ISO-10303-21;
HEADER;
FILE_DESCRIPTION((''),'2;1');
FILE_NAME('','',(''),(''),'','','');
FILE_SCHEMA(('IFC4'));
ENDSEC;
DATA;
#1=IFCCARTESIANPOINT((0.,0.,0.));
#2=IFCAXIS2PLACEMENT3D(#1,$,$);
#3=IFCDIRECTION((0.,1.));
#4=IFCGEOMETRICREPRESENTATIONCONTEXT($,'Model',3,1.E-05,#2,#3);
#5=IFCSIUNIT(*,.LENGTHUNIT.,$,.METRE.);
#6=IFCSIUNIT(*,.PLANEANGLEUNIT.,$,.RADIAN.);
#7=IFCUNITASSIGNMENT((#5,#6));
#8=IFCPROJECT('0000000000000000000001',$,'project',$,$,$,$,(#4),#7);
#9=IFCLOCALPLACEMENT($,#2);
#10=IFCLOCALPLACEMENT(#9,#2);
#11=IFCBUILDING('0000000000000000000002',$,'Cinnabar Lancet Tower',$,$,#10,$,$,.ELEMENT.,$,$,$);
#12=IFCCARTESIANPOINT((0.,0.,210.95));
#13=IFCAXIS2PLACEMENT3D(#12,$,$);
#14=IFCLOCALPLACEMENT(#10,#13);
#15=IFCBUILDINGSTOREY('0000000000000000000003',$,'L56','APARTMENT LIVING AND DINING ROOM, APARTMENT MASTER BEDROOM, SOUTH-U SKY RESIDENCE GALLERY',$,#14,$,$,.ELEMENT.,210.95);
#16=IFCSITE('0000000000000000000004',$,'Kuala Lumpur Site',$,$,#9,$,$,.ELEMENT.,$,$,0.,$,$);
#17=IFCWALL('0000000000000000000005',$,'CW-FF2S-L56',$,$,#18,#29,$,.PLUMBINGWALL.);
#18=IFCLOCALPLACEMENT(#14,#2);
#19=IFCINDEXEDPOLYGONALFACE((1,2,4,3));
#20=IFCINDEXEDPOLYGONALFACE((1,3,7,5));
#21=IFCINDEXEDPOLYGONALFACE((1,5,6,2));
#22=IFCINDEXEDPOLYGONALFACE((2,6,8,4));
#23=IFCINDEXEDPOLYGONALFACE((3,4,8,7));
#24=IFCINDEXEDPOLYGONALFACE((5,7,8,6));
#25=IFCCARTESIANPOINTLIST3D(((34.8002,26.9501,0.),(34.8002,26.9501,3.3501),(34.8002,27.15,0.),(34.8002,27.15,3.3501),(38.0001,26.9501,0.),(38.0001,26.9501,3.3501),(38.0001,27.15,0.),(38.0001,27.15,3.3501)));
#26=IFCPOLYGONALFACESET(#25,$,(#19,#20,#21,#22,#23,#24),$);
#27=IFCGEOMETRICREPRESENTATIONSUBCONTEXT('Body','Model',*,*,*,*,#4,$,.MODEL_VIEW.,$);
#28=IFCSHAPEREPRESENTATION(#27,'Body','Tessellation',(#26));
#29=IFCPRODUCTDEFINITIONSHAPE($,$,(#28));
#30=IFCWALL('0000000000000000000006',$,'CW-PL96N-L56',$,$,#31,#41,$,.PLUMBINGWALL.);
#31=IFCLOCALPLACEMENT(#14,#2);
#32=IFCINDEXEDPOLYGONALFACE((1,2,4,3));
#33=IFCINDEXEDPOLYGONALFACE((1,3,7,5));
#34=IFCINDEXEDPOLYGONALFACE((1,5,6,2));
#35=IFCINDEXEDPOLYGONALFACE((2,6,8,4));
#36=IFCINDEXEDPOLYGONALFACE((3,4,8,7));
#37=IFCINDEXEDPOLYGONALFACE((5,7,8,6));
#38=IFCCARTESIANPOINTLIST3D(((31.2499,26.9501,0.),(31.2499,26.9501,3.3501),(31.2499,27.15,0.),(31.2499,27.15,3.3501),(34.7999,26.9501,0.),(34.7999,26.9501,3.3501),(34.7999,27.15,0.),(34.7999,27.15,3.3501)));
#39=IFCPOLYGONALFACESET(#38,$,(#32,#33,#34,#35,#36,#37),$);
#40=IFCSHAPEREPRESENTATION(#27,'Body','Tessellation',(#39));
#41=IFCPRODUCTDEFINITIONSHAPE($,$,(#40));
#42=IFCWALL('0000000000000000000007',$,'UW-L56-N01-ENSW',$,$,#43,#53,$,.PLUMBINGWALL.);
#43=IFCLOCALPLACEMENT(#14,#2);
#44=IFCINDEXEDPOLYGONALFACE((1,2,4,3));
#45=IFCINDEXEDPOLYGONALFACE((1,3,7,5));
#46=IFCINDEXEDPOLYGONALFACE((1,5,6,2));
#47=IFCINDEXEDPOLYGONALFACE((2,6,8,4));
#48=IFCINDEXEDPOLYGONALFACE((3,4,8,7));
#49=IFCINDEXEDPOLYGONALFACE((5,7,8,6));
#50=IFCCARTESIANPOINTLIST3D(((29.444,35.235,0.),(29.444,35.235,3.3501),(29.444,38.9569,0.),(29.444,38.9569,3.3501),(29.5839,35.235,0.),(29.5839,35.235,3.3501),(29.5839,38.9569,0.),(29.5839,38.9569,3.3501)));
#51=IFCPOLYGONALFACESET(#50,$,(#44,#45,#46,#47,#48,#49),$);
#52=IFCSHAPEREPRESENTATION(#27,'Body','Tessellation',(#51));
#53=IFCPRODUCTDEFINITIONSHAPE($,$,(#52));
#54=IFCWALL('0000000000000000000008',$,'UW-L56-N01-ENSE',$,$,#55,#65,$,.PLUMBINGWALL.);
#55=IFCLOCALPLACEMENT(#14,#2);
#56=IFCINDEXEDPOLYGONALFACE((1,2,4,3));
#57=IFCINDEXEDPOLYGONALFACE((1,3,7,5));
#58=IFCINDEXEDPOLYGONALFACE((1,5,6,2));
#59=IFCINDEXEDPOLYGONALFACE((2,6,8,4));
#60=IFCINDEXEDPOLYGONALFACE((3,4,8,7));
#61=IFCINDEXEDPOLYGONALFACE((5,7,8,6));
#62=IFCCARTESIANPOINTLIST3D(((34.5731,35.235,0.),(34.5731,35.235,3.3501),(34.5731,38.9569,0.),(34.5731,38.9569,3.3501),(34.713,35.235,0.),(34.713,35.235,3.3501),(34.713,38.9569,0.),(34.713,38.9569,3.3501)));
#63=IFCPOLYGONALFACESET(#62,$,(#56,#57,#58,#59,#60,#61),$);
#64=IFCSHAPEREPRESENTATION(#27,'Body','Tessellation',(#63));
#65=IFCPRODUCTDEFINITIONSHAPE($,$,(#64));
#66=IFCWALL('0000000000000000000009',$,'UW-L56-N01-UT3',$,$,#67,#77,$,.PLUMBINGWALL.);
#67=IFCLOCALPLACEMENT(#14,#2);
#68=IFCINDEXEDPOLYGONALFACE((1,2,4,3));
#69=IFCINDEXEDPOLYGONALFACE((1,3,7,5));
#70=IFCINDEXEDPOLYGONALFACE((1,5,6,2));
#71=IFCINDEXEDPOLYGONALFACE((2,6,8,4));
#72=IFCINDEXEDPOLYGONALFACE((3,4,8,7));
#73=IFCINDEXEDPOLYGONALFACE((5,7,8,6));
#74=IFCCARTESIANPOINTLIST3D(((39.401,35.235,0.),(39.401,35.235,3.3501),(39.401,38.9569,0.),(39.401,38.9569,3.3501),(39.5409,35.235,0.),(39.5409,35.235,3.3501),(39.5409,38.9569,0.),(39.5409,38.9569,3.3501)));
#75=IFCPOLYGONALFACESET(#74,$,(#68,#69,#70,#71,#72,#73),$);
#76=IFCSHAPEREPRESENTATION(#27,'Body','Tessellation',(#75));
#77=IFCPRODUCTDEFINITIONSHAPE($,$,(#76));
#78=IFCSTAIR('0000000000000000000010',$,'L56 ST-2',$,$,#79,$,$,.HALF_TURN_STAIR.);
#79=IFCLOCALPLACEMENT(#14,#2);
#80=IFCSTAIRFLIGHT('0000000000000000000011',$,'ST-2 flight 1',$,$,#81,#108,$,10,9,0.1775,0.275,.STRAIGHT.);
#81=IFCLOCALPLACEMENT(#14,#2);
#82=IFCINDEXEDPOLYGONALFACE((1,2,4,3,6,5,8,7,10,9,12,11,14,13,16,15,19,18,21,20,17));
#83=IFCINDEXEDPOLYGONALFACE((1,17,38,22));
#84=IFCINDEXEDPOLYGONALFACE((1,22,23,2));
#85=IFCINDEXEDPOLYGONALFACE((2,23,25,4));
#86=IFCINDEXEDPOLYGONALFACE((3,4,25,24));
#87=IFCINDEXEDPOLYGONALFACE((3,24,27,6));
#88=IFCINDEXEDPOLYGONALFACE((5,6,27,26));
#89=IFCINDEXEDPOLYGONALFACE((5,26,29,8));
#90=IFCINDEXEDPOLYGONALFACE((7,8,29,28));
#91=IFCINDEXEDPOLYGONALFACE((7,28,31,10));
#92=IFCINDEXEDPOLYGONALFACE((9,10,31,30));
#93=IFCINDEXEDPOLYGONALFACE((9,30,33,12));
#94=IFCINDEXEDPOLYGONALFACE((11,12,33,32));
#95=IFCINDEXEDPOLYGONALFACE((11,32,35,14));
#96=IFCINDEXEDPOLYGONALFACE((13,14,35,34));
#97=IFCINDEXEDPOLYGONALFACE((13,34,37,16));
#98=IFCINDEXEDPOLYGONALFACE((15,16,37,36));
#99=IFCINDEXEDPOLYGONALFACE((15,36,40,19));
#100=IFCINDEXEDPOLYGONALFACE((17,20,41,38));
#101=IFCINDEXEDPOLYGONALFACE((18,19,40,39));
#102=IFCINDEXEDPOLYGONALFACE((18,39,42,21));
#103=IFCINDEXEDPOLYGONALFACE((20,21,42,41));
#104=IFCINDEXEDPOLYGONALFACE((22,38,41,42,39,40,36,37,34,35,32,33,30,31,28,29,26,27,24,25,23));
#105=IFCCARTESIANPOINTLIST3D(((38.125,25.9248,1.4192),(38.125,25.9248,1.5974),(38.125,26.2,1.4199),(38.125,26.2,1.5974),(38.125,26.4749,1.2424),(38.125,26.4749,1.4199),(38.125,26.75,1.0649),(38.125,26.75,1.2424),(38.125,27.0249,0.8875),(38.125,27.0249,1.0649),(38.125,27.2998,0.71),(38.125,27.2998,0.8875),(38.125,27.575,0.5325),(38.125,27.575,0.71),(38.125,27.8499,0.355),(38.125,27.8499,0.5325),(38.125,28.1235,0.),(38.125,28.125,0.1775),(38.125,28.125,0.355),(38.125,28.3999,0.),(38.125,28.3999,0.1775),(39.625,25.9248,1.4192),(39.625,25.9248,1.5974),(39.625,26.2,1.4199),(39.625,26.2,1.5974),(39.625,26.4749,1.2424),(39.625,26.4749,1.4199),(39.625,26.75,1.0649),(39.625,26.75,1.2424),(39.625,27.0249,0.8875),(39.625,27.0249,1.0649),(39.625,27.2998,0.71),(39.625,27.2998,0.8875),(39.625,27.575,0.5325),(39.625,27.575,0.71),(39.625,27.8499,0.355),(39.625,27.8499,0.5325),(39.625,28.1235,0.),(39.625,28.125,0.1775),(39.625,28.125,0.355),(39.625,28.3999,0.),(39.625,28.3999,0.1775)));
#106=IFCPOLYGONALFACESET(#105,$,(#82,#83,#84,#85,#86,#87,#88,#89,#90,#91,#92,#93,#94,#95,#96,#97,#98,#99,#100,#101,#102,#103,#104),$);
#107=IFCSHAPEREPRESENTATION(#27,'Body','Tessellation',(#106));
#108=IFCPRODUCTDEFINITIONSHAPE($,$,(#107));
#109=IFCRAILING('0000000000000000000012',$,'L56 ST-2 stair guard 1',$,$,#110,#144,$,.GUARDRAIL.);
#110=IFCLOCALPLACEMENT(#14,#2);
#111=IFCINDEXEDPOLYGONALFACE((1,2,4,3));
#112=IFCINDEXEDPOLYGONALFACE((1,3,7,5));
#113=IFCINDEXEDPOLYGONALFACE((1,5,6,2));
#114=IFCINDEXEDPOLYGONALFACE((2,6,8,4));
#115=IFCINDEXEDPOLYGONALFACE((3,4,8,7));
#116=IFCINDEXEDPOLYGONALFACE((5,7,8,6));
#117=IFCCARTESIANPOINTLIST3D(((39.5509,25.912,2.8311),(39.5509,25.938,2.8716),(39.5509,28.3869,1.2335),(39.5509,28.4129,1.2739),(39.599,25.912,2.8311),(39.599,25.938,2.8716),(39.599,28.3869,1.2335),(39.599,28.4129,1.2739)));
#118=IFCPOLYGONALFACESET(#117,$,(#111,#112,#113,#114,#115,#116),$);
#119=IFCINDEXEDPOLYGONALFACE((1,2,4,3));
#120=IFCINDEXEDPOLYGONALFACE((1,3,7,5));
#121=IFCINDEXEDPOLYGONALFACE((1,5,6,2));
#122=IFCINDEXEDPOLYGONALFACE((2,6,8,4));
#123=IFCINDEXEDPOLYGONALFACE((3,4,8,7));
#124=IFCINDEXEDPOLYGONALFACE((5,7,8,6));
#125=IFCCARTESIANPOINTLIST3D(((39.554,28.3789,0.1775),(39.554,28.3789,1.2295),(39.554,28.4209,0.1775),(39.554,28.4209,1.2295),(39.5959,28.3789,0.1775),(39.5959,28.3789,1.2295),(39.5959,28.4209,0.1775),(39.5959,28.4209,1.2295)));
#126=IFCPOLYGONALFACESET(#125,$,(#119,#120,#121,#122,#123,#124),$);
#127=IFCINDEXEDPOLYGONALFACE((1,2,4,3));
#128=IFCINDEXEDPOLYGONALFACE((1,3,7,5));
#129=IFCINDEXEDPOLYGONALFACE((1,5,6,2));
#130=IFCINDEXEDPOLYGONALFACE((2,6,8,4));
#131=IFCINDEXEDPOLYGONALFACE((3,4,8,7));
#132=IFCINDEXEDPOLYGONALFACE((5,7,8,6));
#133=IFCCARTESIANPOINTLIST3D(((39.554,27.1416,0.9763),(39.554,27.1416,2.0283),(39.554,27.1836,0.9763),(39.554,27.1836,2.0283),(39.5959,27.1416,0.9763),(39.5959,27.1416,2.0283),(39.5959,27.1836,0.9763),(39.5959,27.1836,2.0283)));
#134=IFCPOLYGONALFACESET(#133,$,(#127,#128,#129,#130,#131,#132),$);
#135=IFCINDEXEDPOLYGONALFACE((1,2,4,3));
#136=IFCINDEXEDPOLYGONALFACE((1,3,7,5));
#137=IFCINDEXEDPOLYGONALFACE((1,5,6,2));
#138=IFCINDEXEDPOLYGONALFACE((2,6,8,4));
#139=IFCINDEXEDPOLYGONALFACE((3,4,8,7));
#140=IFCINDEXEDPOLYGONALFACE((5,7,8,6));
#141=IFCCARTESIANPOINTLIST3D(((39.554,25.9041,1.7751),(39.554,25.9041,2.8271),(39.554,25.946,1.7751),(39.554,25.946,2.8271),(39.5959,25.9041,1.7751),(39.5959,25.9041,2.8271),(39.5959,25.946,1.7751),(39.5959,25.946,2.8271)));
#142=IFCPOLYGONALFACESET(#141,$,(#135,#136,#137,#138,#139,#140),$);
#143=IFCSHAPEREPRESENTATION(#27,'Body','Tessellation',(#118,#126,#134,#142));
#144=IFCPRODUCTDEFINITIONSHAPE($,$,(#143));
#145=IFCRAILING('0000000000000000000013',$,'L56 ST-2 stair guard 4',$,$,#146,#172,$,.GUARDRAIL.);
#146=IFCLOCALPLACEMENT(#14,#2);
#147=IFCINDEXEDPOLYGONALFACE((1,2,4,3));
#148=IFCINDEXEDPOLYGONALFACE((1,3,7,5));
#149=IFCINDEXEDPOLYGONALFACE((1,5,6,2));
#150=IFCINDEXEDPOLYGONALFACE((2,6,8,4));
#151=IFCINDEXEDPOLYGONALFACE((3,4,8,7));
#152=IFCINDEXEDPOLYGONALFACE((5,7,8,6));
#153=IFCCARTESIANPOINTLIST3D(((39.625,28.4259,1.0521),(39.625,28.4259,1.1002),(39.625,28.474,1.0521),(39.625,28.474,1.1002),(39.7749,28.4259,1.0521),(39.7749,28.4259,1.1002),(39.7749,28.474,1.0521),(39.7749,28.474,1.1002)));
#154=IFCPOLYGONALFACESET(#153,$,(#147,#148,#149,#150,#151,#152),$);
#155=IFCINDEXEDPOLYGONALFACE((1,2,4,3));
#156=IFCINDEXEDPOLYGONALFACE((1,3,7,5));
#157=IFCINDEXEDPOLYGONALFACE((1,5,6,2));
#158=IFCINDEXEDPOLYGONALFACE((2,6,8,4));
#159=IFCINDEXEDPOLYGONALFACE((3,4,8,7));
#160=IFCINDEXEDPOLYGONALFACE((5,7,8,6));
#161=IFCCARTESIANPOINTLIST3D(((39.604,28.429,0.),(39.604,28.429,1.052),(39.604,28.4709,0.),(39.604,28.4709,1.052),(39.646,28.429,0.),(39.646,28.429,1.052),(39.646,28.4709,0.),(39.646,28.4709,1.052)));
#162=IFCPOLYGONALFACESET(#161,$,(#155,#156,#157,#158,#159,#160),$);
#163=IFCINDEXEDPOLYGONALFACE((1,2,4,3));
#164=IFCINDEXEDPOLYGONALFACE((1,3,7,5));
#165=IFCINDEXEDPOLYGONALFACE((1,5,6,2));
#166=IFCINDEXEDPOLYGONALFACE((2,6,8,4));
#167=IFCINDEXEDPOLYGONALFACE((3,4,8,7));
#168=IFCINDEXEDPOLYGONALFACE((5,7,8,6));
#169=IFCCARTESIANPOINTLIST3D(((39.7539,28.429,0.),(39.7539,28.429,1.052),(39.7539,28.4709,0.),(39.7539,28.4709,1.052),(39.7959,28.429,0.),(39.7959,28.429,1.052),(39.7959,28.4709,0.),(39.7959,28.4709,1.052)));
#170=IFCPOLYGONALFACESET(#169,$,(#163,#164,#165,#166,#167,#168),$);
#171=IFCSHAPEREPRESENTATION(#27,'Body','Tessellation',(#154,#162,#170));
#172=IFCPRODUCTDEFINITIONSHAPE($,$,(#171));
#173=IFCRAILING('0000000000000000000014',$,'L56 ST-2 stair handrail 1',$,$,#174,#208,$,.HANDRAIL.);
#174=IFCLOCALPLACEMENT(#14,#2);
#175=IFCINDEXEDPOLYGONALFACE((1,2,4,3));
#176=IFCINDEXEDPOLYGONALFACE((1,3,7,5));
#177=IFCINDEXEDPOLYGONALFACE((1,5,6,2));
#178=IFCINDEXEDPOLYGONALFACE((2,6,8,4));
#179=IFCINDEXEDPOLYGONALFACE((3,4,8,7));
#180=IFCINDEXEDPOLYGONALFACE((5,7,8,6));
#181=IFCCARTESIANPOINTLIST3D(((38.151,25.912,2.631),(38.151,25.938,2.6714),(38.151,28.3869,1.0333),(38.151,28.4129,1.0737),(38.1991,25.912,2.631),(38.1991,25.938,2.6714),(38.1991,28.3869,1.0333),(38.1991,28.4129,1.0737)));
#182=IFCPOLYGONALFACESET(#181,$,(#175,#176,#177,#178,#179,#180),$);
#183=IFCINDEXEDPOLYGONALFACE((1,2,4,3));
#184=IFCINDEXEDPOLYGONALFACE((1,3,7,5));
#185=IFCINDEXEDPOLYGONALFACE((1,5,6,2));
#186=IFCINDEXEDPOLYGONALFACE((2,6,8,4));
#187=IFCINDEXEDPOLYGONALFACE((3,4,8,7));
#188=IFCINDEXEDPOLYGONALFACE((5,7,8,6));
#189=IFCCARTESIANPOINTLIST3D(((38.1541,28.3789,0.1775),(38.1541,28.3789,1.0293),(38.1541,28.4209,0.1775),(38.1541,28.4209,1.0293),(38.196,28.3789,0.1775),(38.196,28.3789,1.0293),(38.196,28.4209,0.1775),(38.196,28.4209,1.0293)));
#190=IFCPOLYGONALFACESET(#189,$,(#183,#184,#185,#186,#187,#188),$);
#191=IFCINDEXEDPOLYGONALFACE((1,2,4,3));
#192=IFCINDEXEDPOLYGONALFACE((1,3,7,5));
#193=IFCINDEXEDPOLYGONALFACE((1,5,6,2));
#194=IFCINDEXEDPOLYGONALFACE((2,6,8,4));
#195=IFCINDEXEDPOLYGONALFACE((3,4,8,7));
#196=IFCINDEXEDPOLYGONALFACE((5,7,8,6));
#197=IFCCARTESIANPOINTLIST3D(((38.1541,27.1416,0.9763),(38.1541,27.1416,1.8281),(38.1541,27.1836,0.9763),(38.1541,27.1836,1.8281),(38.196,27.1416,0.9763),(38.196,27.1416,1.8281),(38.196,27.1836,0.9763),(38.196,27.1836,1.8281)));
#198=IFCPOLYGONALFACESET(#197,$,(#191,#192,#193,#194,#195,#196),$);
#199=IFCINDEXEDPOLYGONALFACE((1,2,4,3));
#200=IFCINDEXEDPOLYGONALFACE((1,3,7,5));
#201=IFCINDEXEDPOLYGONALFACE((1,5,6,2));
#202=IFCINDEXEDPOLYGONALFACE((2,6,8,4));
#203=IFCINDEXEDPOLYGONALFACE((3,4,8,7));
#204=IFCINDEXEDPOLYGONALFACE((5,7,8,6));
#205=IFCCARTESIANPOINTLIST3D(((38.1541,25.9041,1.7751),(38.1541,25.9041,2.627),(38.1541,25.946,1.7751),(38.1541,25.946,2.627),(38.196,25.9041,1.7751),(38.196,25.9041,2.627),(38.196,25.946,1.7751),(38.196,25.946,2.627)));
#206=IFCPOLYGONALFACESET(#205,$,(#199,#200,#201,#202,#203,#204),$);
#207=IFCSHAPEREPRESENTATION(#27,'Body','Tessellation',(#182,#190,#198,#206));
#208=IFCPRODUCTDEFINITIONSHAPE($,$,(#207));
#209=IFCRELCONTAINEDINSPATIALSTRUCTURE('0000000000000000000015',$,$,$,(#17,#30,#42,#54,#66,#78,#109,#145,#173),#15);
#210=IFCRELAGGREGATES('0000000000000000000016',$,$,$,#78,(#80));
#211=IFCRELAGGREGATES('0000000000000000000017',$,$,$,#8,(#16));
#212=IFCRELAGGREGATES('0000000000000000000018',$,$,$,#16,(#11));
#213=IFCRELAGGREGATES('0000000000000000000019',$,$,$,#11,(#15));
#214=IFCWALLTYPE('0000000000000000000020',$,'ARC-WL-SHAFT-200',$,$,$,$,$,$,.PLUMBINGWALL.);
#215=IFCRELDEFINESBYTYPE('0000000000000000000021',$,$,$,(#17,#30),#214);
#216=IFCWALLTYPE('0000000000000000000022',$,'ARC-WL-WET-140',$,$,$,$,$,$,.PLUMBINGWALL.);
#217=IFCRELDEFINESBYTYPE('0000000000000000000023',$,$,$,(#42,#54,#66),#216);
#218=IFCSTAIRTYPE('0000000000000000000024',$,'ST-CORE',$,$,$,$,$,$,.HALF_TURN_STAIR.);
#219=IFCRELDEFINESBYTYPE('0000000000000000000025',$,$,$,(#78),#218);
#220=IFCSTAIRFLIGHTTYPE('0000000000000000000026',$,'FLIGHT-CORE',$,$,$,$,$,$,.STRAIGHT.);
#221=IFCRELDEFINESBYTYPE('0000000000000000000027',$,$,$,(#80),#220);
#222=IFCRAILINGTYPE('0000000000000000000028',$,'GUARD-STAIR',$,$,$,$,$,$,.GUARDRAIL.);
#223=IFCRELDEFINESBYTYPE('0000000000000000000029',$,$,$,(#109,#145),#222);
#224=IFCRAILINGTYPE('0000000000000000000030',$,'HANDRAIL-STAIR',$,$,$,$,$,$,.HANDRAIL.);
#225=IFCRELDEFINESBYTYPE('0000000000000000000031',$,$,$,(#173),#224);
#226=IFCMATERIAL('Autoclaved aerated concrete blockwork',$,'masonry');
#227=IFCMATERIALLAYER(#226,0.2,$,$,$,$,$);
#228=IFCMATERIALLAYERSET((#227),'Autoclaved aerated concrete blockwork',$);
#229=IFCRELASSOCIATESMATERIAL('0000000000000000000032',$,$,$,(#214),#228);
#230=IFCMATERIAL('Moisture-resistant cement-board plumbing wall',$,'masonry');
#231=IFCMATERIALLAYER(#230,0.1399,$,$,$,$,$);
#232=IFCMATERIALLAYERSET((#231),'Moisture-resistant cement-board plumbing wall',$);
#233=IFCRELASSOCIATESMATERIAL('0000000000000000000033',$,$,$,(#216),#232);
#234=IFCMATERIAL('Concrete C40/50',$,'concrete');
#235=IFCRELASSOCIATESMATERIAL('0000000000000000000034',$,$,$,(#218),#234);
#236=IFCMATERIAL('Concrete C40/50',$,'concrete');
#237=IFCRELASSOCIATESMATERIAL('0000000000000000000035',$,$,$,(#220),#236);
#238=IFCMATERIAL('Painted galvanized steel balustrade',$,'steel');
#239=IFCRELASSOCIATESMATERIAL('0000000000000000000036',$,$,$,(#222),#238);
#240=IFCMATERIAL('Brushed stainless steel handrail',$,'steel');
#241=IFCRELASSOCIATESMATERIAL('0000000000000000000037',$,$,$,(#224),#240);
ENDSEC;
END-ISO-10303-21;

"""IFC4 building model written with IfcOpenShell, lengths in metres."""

from ifc_helpers import new_model, si_unit, direction, frame, frame_2d, origin, origin_2d, place, context, subcontext, project, spatial, polyline, rectangle, outline, extrude, material, layer, layer_set, type_object, element, aggregate, save


model = new_model("IFC4")

# Units and contexts
model_context = context("Model", 3, precision=1e-05, world=origin(), true_north=direction((0.0, 1.0)))
body_context = subcontext(model_context, "Body", "Model", "MODEL_VIEW")
ifc_project = project(units=[si_unit("LENGTHUNIT", "METRE"), si_unit("PLANEANGLEUNIT", "RADIAN")], contexts=[model_context])

# Site, building, storey
site_placement = place(None, origin())
site = spatial("IfcSite", under=ifc_project, at=site_placement, Name="Kuala Lumpur Site", CompositionType="ELEMENT", RefElevation=0.0)
building_placement = place(site_placement, origin())
building = spatial("IfcBuilding", under=site, at=building_placement, Name="Cinnabar Lancet Tower", CompositionType="ELEMENT")
storey_placement = place(building_placement, frame((0.0, 0.0, 210.95)))
storey = spatial("IfcBuildingStorey", under=building, at=storey_placement, Name="L56", Description="APARTMENT LIVING AND DINING ROOM, APARTMENT MASTER BEDROOM, SOUTH-U SKY RESIDENCE GALLERY", CompositionType="ELEMENT", Elevation=210.95)

# Shared definitions
ifc_material_1 = material(Name="Autoclaved aerated concrete blockwork", Category="masonry")
ifc_layer_1 = layer(ifc_material_1, 0.2)
ifc_layer_set_1 = layer_set([ifc_layer_1], Name="Autoclaved aerated concrete blockwork")
wall_type_1 = type_object("IfcWallType", Name="ARC-WL-SHAFT-200", PredefinedType="PLUMBINGWALL", material=ifc_layer_set_1)

# Walls
wall_1_placement = place(storey_placement, frame((34.8, 27.05, 0.0), z_axis=(0.0, 0.0, 1.0), x_axis=(1.0, 0.0, 0.0)))
element("IfcWall", 1, at=wall_1_placement, inside=storey, type_object=wall_type_1, Name="CW-FF2S-L56", PredefinedType="PLUMBINGWALL", context=body_context, shape_type="SweptSolid", body=[
    extrude(rectangle(XDim=3.2, YDim=0.2, at=frame_2d((1.6001, 0.0))), origin(), (0.0, 0.0, 1.0), 3.3501),
])
wall_2_placement = place(storey_placement, frame((31.25, 27.05, 0.0), z_axis=(0.0, 0.0, 1.0), x_axis=(1.0, 0.0, 0.0)))
element("IfcWall", 2, at=wall_2_placement, inside=storey, type_object=wall_type_1, Name="CW-PL96N-L56", PredefinedType="PLUMBINGWALL", context=body_context, shape_type="SweptSolid", body=[
    extrude(rectangle(XDim=3.55, YDim=0.2, at=frame_2d((1.7749, 0.0))), origin(), (0.0, 0.0, 1.0), 3.3501),
])
ifc_material_2 = material(Name="Moisture-resistant cement-board plumbing wall", Category="masonry")
ifc_layer_2 = layer(ifc_material_2, 0.1399)
ifc_layer_set_2 = layer_set([ifc_layer_2], Name="Moisture-resistant cement-board plumbing wall")
wall_type_2 = type_object("IfcWallType", Name="ARC-WL-WET-140", PredefinedType="PLUMBINGWALL", material=ifc_layer_set_2)
for number, where, z_axis, x_axis, name in (
    (3, (29.5139, 35.2351, 0.0), (0.0, 0.0, 1.0), (0.0, 1.0, 0.0), "UW-L56-N01-ENSW"),
    (4, (34.6431, 35.2351, 0.0), (0.0, 0.0, 1.0), (0.0, 1.0, 0.0), "UW-L56-N01-ENSE"),
    (5, (39.4709, 35.2351, 0.0), (0.0, 0.0, 1.0), (0.0, 1.0, 0.0), "UW-L56-N01-UT3"),
):
    element("IfcWall", number, at=place(storey_placement, frame(where, z_axis=z_axis, x_axis=x_axis)), inside=storey, type_object=wall_type_2, Name=name, PredefinedType="PLUMBINGWALL", context=body_context, shape_type="SweptSolid", body=[
        extrude(rectangle(XDim=3.7219, YDim=0.1399, at=frame_2d((1.8608, 0.0))), origin(), (0.0, 0.0, 1.0), 3.3501),
    ])

# Stair, stair flight
ifc_material_3 = material(Name="Concrete C40/50", Category="concrete")
stair_type = type_object("IfcStairType", Name="ST-CORE", PredefinedType="HALF_TURN_STAIR", material=ifc_material_3)
stair_placement = place(storey_placement, origin())
stair = element("IfcStair", 6, at=stair_placement, inside=storey, type_object=stair_type, Name="L56 ST-2", PredefinedType="HALF_TURN_STAIR")
ifc_material_4 = material(Name="Concrete C40/50", Category="concrete")
stair_flight_type = type_object("IfcStairFlightType", Name="FLIGHT-CORE", PredefinedType="STRAIGHT", material=ifc_material_4)
stair_flight_placement = place(storey_placement, frame((38.875, 28.3999, 0.0), z_axis=(0.0, 0.0, 1.0), x_axis=(0.0, -1.0, 0.0)))
stair_flight = element("IfcStairFlight", 7, at=stair_flight_placement, type_object=stair_flight_type, Name="ST-2 flight 1", NumberOfRisers=10, NumberOfTreads=9, PredefinedType="STRAIGHT", RiserHeight=0.1775, TreadLength=0.275, context=body_context, shape_type="SweptSolid", body=[
    extrude(outline(polyline([(0.0, 0.0), (0.0, 0.1775), (0.2749, 0.1775), (0.2749, 0.355), (0.55, 0.355), (0.55, 0.5325), (0.825, 0.5325), (0.825, 0.71), (1.1001, 0.71), (1.1001, 0.8875), (1.375, 0.8875), (1.375, 1.0649), (1.6499, 1.0649), (1.6499, 1.2424), (1.925, 1.2424), (1.925, 1.4199), (2.2, 1.4199), (2.2, 1.5974), (2.4751, 1.5974), (2.4751, 1.7749), (2.4751, 1.4192), (0.2764, 0.0), (0.0, 0.0)])), frame((0.0, 0.75, 0.0), z_axis=(0.0, -1.0, 0.0), x_axis=(1.0, 0.0, 0.0)), (0.0, 0.0, 1.0), 1.5),
])
aggregate(stair, [stair_flight])

# Railings
ifc_material_5 = material(Name="Painted galvanized steel balustrade", Category="steel")
railing_type_1 = type_object("IfcRailingType", Name="GUARD-STAIR", PredefinedType="GUARDRAIL", material=ifc_material_5)
railing_1_placement = place(storey_placement, frame((39.575, 28.3999, 0.1775)))
element("IfcRailing", 8, at=railing_1_placement, inside=storey, type_object=railing_type_1, Name="L56 ST-2 stair guard 1", PredefinedType="GUARDRAIL", context=body_context, shape_type="SweptSolid", body=[
    extrude(rectangle(XDim=0.0481, YDim=0.0481, at=origin_2d()), frame((0.0, 0.0, 1.0762), z_axis=(0.0, -0.840146, 0.542361), x_axis=(1.0, 0.0, 0.0)), (0.0, 0.0, 1.0), 2.9458),
    extrude(rectangle(XDim=0.042, YDim=0.042, at=origin_2d()), origin(), (0.0, 0.0, 1.0), 1.052),
    extrude(rectangle(XDim=0.042, YDim=0.042, at=origin_2d()), frame((0.0, -1.2373, 0.7988)), (0.0, 0.0, 1.0), 1.052),
    extrude(rectangle(XDim=0.042, YDim=0.042, at=origin_2d()), frame((0.0, -2.4749, 1.5977)), (0.0, 0.0, 1.0), 1.052),
])
railing_2_placement = place(storey_placement, frame((39.625, 28.45, 0.0)))
element("IfcRailing", 9, at=railing_2_placement, inside=storey, type_object=railing_type_1, Name="L56 ST-2 stair guard 4", PredefinedType="GUARDRAIL", context=body_context, shape_type="SweptSolid", body=[
    extrude(rectangle(XDim=0.0481, YDim=0.0481, at=origin_2d()), frame((0.0, 0.0, 1.0762), z_axis=(1.0, 0.0, 0.0), x_axis=(0.0, 1.0, 0.0)), (0.0, 0.0, 1.0), 0.1499),
    extrude(rectangle(XDim=0.042, YDim=0.042, at=origin_2d()), origin(), (0.0, 0.0, 1.0), 1.052),
    extrude(rectangle(XDim=0.042, YDim=0.042, at=origin_2d()), frame((0.1499, 0.0, 0.0)), (0.0, 0.0, 1.0), 1.052),
])
ifc_material_6 = material(Name="Brushed stainless steel handrail", Category="steel")
railing_type_2 = type_object("IfcRailingType", Name="HANDRAIL-STAIR", PredefinedType="HANDRAIL", material=ifc_material_6)
railing_3_placement = place(storey_placement, frame((38.175, 28.3999, 0.1775)))
element("IfcRailing", 10, at=railing_3_placement, inside=storey, type_object=railing_type_2, Name="L56 ST-2 stair handrail 1", PredefinedType="HANDRAIL", context=body_context, shape_type="SweptSolid", body=[
    extrude(rectangle(XDim=0.0481, YDim=0.0481, at=origin_2d()), frame((0.0, 0.0, 0.876), z_axis=(0.0, -0.840146, 0.542361), x_axis=(1.0, 0.0, 0.0)), (0.0, 0.0, 1.0), 2.9458),
    extrude(rectangle(XDim=0.042, YDim=0.042, at=origin_2d()), origin(), (0.0, 0.0, 1.0), 0.8518),
    extrude(rectangle(XDim=0.042, YDim=0.042, at=origin_2d()), frame((0.0, -1.2373, 0.7988)), (0.0, 0.0, 1.0), 0.8518),
    extrude(rectangle(XDim=0.042, YDim=0.042, at=origin_2d()), frame((0.0, -2.4749, 1.5977)), (0.0, 0.0, 1.0), 0.8518),
])

save(model, "model.ifc")
